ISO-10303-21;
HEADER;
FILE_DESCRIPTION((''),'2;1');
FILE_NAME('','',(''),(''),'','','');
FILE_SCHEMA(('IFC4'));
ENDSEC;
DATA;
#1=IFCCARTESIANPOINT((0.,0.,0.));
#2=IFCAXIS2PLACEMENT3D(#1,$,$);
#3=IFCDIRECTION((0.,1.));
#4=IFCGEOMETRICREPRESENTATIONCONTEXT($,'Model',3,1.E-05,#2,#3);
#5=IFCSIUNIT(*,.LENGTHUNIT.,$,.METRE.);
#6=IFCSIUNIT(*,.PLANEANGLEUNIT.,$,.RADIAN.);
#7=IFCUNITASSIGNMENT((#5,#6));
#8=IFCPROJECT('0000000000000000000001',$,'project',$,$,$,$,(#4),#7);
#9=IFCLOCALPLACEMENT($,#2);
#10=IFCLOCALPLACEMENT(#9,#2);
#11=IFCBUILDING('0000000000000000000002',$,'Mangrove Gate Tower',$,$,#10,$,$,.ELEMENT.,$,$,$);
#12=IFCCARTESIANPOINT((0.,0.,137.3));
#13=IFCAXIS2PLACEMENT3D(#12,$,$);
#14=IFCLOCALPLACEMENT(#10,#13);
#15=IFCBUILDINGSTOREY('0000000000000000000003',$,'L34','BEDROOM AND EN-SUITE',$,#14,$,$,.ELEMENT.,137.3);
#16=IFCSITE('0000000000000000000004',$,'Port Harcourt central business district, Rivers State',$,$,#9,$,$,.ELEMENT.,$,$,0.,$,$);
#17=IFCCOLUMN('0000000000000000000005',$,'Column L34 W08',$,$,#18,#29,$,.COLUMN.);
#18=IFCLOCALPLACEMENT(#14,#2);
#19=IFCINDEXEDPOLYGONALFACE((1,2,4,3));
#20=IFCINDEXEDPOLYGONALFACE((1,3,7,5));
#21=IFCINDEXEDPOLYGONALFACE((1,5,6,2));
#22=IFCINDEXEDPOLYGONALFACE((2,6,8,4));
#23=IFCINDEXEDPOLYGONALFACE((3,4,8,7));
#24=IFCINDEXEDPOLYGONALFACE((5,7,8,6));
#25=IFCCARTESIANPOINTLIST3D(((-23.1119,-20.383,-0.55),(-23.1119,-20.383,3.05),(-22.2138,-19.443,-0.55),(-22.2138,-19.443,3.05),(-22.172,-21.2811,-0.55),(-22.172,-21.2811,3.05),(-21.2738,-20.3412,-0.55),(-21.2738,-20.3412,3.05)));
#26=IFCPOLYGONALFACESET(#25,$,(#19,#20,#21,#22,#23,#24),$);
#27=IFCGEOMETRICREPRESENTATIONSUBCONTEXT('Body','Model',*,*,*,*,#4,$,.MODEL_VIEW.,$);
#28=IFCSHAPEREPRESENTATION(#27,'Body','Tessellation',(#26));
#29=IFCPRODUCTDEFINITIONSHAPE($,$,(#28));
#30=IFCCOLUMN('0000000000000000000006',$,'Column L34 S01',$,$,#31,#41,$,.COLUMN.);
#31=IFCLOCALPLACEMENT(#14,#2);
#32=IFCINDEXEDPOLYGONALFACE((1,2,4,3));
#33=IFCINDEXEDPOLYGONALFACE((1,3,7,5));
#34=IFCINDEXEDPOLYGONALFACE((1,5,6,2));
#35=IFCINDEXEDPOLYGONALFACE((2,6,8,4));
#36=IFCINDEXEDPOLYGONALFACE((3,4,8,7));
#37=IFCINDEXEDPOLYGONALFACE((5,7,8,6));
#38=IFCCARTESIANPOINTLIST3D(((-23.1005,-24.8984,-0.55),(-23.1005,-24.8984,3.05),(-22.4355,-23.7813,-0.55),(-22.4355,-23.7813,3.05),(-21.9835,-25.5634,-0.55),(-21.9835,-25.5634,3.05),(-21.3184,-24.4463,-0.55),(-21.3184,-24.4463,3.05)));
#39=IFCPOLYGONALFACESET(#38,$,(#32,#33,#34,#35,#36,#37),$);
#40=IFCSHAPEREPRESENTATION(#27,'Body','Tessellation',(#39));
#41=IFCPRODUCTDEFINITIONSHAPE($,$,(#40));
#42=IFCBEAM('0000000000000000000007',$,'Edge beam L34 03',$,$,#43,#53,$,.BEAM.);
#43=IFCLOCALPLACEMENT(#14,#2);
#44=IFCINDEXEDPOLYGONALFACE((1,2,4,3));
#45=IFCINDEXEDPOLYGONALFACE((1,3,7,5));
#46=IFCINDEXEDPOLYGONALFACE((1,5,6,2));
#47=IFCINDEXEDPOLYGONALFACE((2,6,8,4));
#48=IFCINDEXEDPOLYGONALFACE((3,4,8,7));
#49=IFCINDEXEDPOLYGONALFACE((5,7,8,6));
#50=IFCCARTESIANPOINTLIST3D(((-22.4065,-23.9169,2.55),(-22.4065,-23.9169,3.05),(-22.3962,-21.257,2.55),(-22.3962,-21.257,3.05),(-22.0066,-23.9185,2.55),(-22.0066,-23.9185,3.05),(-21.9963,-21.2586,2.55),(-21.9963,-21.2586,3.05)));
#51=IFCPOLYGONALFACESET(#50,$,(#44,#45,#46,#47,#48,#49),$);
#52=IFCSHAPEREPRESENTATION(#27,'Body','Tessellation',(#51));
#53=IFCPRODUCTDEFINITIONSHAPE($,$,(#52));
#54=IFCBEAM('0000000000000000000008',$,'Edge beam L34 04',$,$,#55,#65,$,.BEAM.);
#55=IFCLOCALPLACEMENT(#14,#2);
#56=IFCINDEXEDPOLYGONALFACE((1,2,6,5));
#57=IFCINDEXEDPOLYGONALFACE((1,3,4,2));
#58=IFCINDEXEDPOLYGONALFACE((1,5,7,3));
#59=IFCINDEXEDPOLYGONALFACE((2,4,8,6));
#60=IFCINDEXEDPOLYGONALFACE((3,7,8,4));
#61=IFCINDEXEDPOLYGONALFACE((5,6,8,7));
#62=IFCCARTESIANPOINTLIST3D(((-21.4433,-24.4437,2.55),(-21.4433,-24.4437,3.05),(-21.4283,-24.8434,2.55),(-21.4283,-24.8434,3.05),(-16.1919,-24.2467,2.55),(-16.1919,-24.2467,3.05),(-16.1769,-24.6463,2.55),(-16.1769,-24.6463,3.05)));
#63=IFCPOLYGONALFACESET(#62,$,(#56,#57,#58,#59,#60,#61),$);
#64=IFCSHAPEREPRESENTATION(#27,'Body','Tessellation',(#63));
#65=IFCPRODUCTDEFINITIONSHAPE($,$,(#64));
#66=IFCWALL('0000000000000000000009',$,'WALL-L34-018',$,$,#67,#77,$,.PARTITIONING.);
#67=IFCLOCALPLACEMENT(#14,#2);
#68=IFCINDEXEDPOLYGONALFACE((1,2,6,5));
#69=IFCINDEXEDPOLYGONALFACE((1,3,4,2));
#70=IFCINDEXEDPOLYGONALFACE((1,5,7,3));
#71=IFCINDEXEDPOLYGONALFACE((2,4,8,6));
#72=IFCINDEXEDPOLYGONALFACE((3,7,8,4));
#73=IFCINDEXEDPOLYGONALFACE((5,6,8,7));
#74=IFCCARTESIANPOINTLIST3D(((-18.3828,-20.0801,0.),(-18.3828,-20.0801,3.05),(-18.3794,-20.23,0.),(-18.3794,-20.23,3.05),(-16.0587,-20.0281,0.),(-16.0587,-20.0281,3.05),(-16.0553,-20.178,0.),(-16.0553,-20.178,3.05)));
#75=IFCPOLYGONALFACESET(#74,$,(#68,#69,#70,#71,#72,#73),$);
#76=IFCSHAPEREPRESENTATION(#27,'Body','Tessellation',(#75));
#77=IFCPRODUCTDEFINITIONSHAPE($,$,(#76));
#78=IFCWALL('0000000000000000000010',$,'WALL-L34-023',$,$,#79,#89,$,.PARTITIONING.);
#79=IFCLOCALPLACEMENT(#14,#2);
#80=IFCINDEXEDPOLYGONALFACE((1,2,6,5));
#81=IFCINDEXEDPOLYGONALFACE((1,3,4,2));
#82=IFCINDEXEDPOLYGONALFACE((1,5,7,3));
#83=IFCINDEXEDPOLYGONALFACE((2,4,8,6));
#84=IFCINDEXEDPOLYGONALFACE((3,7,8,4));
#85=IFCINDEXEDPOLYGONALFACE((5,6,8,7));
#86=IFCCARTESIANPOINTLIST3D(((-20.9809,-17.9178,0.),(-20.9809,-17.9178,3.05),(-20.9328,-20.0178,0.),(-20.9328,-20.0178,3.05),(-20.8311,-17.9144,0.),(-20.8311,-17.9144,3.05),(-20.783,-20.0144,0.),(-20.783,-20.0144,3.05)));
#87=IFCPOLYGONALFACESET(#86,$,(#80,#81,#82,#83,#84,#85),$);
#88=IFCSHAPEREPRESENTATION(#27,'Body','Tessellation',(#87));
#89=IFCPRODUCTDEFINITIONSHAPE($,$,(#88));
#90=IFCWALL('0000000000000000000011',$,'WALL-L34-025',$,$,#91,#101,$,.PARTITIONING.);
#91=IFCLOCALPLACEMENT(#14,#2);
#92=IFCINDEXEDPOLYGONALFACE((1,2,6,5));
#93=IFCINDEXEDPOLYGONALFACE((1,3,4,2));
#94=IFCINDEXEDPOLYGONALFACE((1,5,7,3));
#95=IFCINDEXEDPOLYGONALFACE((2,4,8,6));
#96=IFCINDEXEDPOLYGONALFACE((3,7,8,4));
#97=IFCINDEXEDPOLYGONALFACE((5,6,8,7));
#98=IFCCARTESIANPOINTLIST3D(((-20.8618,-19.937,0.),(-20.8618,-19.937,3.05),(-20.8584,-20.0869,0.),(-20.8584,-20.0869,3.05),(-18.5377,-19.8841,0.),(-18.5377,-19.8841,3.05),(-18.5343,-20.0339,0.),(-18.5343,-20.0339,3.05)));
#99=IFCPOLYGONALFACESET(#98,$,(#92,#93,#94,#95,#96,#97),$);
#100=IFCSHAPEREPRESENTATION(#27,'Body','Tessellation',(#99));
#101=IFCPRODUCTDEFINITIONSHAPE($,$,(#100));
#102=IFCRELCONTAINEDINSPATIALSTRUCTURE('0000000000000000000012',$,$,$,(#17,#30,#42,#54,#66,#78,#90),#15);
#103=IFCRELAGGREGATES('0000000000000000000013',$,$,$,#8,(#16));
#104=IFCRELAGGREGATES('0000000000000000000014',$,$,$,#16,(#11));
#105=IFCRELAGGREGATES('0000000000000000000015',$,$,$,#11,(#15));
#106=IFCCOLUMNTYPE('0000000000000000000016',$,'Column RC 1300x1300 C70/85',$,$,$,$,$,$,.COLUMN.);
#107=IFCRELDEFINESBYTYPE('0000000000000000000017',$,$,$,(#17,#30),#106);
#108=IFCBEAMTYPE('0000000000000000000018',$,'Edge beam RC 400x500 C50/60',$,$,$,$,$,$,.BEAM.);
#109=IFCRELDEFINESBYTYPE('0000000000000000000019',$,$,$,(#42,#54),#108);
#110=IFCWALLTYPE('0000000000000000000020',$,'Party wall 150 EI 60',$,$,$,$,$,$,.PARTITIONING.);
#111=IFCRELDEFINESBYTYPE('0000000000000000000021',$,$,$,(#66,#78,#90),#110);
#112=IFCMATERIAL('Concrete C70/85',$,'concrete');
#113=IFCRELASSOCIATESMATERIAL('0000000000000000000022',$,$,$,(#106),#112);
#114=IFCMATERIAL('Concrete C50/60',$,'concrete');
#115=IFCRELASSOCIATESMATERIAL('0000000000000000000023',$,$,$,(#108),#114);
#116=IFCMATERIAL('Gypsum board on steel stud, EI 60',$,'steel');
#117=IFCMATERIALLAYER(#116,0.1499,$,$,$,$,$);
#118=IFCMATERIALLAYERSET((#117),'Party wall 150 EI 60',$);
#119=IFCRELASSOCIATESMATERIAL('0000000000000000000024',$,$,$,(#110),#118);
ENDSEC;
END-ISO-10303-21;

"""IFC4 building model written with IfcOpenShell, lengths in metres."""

from ifc_helpers import new_model, si_unit, direction, frame, frame_2d, origin, origin_2d, place, context, subcontext, project, spatial, rectangle, extrude, material, layer, layer_set, material_profile, profile_set, type_object, element, save


model = new_model("IFC4")

# Units and contexts
model_context = context("Model", 3, precision=1e-05, world=origin(), true_north=direction((0.0, 1.0)))
body_context = subcontext(model_context, "Body", "Model", "MODEL_VIEW")
ifc_project = project(units=[si_unit("LENGTHUNIT", "METRE"), si_unit("PLANEANGLEUNIT", "RADIAN")], contexts=[model_context])

# Site, building, storey
site_placement = place(None, origin())
site = spatial("IfcSite", under=ifc_project, at=site_placement, Name="Port Harcourt central business district, Rivers State", CompositionType="ELEMENT", RefElevation=0.0)
building_placement = place(site_placement, origin())
building = spatial("IfcBuilding", under=site, at=building_placement, Name="Mangrove Gate Tower", CompositionType="ELEMENT")
storey_placement = place(building_placement, frame((0.0, 0.0, 137.3)))
storey = spatial("IfcBuildingStorey", under=building, at=storey_placement, Name="L34", Description="BEDROOM AND EN-SUITE", CompositionType="ELEMENT", Elevation=137.3)

# Columns
ifc_material_1 = material(Name="Concrete C70/85", Category="concrete")
ifc_material_profile_1 = material_profile(ifc_material_1, rectangle(XDim=1.3, YDim=1.3, at=origin_2d()))
ifc_profile_set_1 = profile_set([ifc_material_profile_1], Name="Concrete C70/85")
column_type = type_object("IfcColumnType", Name="Column RC 1300x1300 C70/85", PredefinedType="COLUMN", material=ifc_profile_set_1)
for number, where, z_axis, x_axis, name in (
    (1, (-22.1929, -20.3621, -0.55), (0.0, 0.0, 1.0), (0.722994, -0.690854, 0.0), "Column L34 W08"),
    (2, (-22.2095, -24.6724, -0.55), (0.0, 0.0, 1.0), (0.859255, -0.511547, 0.0), "Column L34 S01"),
):
    element("IfcColumn", number, at=place(storey_placement, frame(where, z_axis=z_axis, x_axis=x_axis)), inside=storey, type_object=column_type, Name=name, PredefinedType="COLUMN", context=body_context, shape_type="SweptSolid", body=[
        extrude(rectangle(XDim=1.3, YDim=1.3, at=origin_2d()), origin(), (0.0, 0.0, 1.0), 3.6001),
    ])

# Beams
ifc_material_2 = material(Name="Concrete C50/60", Category="concrete")
ifc_material_profile_2 = material_profile(ifc_material_2, rectangle(XDim=0.3999, YDim=0.5, at=origin_2d()))
ifc_profile_set_2 = profile_set([ifc_material_profile_2], Name="Concrete C50/60")
beam_type = type_object("IfcBeamType", Name="Edge beam RC 400x500 C50/60", PredefinedType="BEAM", material=ifc_profile_set_2)
beam_1_placement = place(storey_placement, frame((-22.1963, -21.2578, 2.8), z_axis=(-0.003855, -0.999993, 0.0), x_axis=(0.999993, -0.003855, 0.0)))
element("IfcBeam", 3, at=beam_1_placement, inside=storey, type_object=beam_type, Name="Edge beam L34 03", PredefinedType="BEAM", context=body_context, shape_type="SweptSolid", body=[
    extrude(rectangle(XDim=0.3999, YDim=0.5, at=origin_2d()), origin(), (0.0, 0.0, 1.0), 2.6599),
])
beam_2_placement = place(storey_placement, frame((-21.4358, -24.6436, 2.8), z_axis=(0.999297, 0.037491, 0.0), x_axis=(-0.037491, 0.999297, 0.0)))
element("IfcBeam", 4, at=beam_2_placement, inside=storey, type_object=beam_type, Name="Edge beam L34 04", PredefinedType="BEAM", context=body_context, shape_type="SweptSolid", body=[
    extrude(rectangle(XDim=0.3999, YDim=0.5, at=origin_2d()), origin(), (0.0, 0.0, 1.0), 5.2551),
])

# Walls
ifc_material_3 = material(Name="Gypsum board on steel stud, EI 60", Category="steel")
ifc_layer_1 = layer(ifc_material_3, 0.1499)
ifc_layer_set_1 = layer_set([ifc_layer_1], Name="Party wall 150 EI 60")
wall_type_1 = type_object("IfcWallType", Name="Party wall 150 EI 60", PredefinedType="PARTITIONING", material=ifc_layer_set_1)
wall_1_placement = place(storey_placement, frame((-18.3811, -20.155, 0.0), z_axis=(0.0, 0.0, 1.0), x_axis=(0.99975, 0.022368, 0.0)))
element("IfcWall", 5, at=wall_1_placement, inside=storey, type_object=wall_type_1, Name="WALL-L34-018", PredefinedType="PARTITIONING", context=body_context, shape_type="SweptSolid", body=[
    extrude(rectangle(XDim=2.3247, YDim=0.1499, at=frame_2d((1.1624, 0.0))), origin(), (0.0, 0.0, 1.0), 3.05),
])
wall_2_placement = place(storey_placement, frame((-20.8579, -20.0161, 0.0), z_axis=(0.0, 0.0, 1.0), x_axis=(-0.022896, 0.999738, 0.0)))
element("IfcWall", 6, at=wall_2_placement, inside=storey, type_object=wall_type_1, Name="WALL-L34-023", PredefinedType="PARTITIONING", context=body_context, shape_type="SweptSolid", body=[
    extrude(rectangle(XDim=2.1006, YDim=0.1499, at=frame_2d((1.0503, 0.0))), origin(), (0.0, 0.0, 1.0), 3.05),
])
wall_3_placement = place(storey_placement, frame((-20.8601, -20.012, 0.0), z_axis=(0.0, 0.0, 1.0), x_axis=(0.99974, 0.022788, 0.0)))
element("IfcWall", 7, at=wall_3_placement, inside=storey, type_object=wall_type_1, Name="WALL-L34-025", PredefinedType="PARTITIONING", context=body_context, shape_type="SweptSolid", body=[
    extrude(rectangle(XDim=2.3247, YDim=0.1499, at=frame_2d((1.1624, 0.0))), origin(), (0.0, 0.0, 1.0), 3.05),
])

save(model, "model.ifc")
